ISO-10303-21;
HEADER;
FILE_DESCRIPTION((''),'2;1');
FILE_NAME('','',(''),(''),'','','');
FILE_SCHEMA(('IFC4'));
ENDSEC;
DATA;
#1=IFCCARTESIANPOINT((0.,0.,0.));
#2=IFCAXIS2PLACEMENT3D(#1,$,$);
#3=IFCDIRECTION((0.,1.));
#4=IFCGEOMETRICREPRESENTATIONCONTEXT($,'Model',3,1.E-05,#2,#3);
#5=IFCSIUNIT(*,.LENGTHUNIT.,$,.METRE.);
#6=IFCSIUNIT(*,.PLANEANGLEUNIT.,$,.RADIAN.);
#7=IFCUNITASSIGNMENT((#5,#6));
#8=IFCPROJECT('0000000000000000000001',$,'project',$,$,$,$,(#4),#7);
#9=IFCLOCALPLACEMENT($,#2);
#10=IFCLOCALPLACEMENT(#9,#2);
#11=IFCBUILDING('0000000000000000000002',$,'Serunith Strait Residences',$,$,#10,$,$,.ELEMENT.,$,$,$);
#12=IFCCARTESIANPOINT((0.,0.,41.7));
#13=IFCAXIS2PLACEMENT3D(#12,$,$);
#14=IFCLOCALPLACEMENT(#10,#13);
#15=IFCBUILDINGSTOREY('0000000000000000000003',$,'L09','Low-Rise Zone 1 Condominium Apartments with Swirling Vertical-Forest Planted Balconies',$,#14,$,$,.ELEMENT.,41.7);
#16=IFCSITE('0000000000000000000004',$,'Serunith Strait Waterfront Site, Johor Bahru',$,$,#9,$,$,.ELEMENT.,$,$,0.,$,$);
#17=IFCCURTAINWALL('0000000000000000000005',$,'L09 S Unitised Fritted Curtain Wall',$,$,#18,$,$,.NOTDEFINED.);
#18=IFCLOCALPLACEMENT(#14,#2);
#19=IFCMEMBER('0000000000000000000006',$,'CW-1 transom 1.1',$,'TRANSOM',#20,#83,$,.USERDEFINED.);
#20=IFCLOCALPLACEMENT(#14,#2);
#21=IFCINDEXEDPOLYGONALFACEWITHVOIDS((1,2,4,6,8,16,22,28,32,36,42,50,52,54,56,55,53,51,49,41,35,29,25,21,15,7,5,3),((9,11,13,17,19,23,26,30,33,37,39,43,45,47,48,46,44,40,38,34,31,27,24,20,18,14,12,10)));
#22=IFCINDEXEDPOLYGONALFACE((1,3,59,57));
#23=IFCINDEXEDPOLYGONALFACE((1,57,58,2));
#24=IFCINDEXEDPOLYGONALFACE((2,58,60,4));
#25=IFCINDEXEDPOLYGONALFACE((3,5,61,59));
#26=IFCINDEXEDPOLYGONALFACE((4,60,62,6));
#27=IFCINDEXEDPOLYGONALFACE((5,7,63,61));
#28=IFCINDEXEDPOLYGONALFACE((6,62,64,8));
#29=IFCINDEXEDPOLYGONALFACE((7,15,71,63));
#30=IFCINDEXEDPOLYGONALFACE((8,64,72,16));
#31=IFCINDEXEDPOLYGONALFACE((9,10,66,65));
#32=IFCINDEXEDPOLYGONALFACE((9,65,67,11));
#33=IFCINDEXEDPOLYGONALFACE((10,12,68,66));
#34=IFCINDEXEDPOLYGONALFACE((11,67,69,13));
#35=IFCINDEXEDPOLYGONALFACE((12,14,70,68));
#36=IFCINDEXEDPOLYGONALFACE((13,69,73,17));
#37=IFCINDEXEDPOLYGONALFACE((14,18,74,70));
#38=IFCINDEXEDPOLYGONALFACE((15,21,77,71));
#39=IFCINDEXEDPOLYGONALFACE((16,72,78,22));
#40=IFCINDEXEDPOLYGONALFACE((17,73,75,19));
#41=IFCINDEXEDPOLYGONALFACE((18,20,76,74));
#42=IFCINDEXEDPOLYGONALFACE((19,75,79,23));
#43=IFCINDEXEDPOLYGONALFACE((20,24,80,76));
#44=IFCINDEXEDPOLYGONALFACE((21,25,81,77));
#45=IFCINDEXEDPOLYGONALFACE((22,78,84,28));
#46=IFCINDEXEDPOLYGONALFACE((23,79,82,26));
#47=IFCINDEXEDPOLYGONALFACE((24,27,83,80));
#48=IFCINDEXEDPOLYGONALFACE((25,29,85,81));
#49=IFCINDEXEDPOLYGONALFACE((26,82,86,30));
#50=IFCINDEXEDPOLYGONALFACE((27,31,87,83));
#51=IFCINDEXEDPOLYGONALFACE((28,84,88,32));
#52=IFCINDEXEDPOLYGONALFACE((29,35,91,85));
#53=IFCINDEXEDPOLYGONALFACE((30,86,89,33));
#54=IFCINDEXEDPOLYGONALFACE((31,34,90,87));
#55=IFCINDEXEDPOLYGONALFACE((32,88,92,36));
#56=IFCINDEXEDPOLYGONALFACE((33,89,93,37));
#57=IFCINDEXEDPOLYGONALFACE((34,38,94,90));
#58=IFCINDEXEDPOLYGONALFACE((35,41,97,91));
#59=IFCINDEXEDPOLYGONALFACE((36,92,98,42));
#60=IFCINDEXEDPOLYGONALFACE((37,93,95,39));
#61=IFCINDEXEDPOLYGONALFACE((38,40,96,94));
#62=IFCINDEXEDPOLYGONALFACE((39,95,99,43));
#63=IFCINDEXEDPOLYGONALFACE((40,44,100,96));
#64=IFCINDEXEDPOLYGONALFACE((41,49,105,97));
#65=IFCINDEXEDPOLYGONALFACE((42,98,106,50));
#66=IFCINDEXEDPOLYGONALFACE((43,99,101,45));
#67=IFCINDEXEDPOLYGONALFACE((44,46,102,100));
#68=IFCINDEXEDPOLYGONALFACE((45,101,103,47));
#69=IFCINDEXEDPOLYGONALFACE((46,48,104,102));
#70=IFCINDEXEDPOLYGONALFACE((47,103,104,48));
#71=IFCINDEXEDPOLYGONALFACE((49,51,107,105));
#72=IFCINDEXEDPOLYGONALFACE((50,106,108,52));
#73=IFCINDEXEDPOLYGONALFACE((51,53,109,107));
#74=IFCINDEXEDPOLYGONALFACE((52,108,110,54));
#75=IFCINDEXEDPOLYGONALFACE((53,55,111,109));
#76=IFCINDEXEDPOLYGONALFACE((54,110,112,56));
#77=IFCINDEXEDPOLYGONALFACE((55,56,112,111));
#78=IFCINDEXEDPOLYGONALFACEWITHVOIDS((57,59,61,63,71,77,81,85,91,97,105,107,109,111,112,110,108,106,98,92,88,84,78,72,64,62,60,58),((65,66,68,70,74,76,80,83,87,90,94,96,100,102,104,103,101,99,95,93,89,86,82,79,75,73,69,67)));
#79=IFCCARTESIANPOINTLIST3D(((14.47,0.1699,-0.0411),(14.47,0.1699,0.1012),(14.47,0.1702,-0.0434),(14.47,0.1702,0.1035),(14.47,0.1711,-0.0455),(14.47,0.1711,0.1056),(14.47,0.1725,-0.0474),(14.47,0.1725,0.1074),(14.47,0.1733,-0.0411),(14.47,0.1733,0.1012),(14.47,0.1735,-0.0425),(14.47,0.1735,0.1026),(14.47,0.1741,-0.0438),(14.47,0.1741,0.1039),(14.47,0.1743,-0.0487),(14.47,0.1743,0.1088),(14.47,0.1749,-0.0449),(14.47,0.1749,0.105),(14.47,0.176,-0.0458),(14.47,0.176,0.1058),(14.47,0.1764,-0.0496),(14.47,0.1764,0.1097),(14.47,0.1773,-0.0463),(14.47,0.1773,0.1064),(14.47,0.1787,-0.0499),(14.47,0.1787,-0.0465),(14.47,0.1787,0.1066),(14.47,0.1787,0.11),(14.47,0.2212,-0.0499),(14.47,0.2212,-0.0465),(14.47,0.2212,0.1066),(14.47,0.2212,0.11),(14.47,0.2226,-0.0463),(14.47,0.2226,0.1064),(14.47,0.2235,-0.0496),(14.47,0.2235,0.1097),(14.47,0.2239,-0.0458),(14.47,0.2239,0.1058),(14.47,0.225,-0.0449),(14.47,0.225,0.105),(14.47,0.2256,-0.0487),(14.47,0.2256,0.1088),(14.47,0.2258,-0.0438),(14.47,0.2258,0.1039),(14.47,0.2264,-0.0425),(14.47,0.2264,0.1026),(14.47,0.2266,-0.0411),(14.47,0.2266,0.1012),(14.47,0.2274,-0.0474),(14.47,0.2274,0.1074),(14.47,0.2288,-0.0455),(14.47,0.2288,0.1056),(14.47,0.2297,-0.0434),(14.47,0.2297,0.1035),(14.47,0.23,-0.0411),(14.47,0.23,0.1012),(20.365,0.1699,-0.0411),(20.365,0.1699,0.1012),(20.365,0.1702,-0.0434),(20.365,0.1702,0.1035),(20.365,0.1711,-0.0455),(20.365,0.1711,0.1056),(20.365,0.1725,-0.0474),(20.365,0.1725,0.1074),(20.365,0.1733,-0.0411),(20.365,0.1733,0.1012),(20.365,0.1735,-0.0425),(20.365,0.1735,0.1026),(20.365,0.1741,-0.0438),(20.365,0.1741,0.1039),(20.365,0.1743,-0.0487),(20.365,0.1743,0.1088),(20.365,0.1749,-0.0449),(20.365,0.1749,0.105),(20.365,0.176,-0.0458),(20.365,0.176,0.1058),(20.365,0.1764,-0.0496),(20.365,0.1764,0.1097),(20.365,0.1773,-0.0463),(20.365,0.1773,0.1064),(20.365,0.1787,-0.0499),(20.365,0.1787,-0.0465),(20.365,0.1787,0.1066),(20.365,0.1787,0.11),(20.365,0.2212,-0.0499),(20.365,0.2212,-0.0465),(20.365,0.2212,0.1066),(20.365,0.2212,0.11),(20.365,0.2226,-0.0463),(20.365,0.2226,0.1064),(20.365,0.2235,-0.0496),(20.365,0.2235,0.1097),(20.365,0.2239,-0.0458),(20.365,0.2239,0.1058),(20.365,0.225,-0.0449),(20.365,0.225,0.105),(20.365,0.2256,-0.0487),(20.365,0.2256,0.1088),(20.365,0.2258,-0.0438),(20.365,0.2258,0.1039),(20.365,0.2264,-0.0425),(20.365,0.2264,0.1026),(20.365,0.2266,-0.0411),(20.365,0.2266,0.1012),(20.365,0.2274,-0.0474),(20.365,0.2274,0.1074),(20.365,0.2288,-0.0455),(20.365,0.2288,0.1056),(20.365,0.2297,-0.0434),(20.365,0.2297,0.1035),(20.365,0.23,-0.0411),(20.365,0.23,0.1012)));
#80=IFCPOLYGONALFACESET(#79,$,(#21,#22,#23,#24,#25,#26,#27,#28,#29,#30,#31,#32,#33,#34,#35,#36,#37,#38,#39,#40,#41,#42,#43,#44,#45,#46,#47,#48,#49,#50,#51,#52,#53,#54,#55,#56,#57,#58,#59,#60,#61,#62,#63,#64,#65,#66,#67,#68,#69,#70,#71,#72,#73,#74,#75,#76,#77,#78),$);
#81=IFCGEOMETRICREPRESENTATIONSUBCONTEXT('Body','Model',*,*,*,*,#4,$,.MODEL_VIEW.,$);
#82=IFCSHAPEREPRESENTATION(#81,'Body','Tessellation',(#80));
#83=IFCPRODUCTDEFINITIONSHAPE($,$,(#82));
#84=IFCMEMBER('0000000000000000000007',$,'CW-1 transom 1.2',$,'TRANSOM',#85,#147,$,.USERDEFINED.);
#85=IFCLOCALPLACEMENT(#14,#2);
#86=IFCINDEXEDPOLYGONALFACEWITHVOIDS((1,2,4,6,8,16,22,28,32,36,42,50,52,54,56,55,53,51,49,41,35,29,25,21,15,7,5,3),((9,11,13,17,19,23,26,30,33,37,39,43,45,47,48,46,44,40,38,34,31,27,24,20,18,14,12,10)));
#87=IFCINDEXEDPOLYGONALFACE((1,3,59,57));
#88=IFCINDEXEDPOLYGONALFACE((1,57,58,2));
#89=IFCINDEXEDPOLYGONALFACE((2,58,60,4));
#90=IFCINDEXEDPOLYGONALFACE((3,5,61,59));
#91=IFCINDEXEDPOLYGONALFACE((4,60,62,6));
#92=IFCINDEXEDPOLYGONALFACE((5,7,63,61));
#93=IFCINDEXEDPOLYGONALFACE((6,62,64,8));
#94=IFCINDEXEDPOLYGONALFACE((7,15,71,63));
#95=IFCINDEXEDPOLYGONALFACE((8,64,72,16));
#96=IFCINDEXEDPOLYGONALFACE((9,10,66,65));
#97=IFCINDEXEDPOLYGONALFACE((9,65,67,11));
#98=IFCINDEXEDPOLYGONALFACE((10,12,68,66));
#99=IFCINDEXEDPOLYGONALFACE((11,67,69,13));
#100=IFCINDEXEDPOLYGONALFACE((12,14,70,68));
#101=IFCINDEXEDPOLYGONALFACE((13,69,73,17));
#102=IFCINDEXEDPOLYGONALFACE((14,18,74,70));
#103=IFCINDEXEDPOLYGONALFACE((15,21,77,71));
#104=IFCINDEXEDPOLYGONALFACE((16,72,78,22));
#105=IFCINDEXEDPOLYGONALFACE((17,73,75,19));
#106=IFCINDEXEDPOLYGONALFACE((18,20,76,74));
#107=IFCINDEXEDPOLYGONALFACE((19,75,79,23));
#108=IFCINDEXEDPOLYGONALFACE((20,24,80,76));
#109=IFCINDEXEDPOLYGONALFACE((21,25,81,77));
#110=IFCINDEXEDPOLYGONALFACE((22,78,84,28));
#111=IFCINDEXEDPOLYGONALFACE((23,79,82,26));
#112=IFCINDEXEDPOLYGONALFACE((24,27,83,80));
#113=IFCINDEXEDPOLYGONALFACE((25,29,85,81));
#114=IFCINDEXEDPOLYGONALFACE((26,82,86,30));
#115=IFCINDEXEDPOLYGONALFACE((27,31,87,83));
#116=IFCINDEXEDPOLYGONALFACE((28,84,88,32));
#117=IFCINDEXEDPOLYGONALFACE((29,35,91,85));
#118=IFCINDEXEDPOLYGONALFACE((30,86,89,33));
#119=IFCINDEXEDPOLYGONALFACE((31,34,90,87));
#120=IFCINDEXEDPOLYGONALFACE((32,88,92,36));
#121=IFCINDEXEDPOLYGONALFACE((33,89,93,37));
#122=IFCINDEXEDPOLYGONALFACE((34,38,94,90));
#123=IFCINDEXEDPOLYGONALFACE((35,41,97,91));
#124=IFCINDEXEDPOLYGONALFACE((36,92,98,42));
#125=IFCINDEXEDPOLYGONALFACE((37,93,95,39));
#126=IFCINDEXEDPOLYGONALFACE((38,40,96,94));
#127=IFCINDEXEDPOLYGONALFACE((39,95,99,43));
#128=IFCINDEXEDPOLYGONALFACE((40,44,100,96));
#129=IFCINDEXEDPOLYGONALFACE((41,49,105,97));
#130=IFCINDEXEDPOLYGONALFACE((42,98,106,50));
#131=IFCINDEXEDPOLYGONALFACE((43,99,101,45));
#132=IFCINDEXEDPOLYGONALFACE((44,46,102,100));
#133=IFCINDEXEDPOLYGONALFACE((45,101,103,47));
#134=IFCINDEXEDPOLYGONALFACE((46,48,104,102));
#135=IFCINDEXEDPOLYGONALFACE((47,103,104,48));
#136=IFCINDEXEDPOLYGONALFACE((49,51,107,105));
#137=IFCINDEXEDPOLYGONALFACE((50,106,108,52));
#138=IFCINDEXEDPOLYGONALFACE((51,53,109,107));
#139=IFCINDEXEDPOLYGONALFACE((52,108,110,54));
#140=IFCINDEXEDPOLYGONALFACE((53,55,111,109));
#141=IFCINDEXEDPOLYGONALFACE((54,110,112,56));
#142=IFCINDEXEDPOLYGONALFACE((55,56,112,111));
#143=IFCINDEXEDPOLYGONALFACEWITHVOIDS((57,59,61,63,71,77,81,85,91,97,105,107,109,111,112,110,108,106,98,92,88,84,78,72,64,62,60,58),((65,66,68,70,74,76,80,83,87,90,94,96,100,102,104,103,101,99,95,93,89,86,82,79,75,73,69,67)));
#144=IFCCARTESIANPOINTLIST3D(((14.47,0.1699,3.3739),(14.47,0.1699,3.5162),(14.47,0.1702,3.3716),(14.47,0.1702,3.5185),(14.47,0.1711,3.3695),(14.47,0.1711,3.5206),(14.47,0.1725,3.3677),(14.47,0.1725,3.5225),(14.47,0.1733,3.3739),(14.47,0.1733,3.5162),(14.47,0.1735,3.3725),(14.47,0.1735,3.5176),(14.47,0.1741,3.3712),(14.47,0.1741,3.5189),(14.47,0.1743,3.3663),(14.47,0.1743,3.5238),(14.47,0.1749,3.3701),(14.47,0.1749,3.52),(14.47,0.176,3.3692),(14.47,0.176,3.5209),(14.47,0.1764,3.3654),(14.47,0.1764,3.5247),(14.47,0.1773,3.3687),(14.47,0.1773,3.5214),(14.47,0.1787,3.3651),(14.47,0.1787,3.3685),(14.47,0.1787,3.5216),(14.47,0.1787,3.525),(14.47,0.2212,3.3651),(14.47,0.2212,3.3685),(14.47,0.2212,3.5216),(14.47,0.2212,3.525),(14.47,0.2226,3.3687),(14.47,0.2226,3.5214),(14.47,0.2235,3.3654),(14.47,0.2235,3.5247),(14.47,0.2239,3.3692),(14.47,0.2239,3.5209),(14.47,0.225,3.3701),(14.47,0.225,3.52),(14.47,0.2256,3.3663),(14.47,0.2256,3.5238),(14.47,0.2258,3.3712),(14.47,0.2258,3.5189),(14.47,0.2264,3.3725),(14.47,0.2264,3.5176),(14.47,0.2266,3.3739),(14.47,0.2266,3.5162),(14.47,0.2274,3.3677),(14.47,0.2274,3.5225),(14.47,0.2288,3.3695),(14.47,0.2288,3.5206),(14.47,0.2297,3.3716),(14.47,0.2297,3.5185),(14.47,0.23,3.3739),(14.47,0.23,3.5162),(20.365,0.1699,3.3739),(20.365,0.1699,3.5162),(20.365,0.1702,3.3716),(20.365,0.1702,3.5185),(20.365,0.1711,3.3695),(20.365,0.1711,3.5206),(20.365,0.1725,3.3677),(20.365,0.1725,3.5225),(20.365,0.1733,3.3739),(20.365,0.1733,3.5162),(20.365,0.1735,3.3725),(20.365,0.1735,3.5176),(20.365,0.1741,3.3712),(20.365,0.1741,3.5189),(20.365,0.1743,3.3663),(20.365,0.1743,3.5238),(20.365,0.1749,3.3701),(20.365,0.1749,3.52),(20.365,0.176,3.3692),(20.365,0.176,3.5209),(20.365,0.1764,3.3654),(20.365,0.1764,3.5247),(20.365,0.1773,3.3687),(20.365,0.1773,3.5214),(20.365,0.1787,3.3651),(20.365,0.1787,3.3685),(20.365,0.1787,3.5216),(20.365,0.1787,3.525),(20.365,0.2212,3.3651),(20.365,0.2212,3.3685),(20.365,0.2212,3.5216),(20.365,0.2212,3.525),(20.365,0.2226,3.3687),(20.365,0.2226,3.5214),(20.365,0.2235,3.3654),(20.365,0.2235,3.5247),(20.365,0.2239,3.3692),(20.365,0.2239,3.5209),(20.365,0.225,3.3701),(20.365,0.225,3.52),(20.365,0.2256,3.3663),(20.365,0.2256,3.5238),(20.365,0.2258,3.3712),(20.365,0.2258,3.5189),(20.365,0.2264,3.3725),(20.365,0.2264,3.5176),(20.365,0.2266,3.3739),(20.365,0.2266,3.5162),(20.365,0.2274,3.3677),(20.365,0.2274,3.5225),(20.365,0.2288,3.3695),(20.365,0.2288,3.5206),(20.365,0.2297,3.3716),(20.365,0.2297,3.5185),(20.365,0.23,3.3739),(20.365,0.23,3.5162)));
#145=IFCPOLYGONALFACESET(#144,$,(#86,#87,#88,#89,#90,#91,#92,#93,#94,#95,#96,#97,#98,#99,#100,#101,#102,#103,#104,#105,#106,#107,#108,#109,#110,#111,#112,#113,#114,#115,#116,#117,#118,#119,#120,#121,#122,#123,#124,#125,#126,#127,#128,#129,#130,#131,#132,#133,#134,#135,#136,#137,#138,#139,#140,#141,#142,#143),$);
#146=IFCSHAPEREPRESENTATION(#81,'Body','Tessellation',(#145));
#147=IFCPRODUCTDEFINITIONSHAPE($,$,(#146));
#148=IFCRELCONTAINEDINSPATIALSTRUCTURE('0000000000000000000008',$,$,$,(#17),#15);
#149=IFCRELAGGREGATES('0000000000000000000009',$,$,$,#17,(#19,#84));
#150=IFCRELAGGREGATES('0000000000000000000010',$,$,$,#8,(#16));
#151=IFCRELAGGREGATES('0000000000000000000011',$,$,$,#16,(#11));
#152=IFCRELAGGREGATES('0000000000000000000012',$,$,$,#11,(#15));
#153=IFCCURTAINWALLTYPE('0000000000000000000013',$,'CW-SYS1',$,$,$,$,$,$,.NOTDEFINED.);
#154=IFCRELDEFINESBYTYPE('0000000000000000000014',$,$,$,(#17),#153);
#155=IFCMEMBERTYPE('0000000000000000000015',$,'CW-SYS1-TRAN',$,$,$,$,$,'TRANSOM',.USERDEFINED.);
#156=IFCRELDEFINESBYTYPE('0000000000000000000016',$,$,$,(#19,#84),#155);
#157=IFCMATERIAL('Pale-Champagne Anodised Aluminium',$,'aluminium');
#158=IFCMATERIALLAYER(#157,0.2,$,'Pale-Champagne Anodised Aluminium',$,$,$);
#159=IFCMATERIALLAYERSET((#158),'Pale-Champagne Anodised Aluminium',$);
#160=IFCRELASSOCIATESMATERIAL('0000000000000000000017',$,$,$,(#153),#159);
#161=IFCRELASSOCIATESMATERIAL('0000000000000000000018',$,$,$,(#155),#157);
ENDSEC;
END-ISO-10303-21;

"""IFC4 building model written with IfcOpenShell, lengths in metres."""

from ifc_helpers import new_model, si_unit, direction, frame, origin, origin_2d, place, context, subcontext, project, spatial, hollow_rectangle, extrude, source, transform, mapped, material, layer, layer_set, material_profile, profile_set, type_object, element, aggregate, save


model = new_model("IFC4")

# Units and contexts
model_context = context("Model", 3, precision=1e-05, world=origin(), true_north=direction((0.0, 1.0)))
body_context = subcontext(model_context, "Body", "Model", "MODEL_VIEW")
ifc_project = project(units=[si_unit("LENGTHUNIT", "METRE"), si_unit("PLANEANGLEUNIT", "RADIAN")], contexts=[model_context])

# Site, building, storey
site_placement = place(None, origin())
site = spatial("IfcSite", under=ifc_project, at=site_placement, Name="Serunith Strait Waterfront Site, Johor Bahru", CompositionType="ELEMENT", RefElevation=0.0)
building_placement = place(site_placement, origin())
building = spatial("IfcBuilding", under=site, at=building_placement, Name="Serunith Strait Residences", CompositionType="ELEMENT")
storey_placement = place(building_placement, frame((0.0, 0.0, 41.7)))
storey = spatial("IfcBuildingStorey", under=building, at=storey_placement, Name="L09", Description="Low-Rise Zone 1 Condominium Apartments with Swirling Vertical-Forest Planted Balconies", CompositionType="ELEMENT", Elevation=41.7)

# Curtain wall
ifc_material_1 = material(Name="Pale-Champagne Anodised Aluminium", Category="aluminium")
ifc_layer_1 = layer(ifc_material_1, 0.2, Name="Pale-Champagne Anodised Aluminium")
ifc_layer_set_1 = layer_set([ifc_layer_1], Name="Pale-Champagne Anodised Aluminium")
curtain_wall_type = type_object("IfcCurtainWallType", Name="CW-SYS1", PredefinedType="NOTDEFINED", material=ifc_layer_set_1)
curtain_wall_1_placement = place(storey_placement, origin())
curtain_wall_1 = element("IfcCurtainWall", 1, at=curtain_wall_1_placement, inside=storey, type_object=curtain_wall_type, Name="L09 S Unitised Fritted Curtain Wall", PredefinedType="NOTDEFINED")

# Members
ifc_material_profile_1 = material_profile(ifc_material_1, hollow_rectangle(XDim=0.0601, YDim=0.1599, WallThickness=0.0034, InnerFilletRadius=0.0054, OuterFilletRadius=0.0088, at=origin_2d()), Name="ALU 160x60x3.5")
ifc_profile_set_1 = profile_set([ifc_material_profile_1], Name="Pale-Champagne Anodised Aluminium")
member_type_1 = type_object("IfcMemberType", Name="CW-SYS1-TRAN", ElementType="TRANSOM", PredefinedType="USERDEFINED", material=ifc_profile_set_1)
shared_shape_1 = source(origin(), body_context, "Body", "SweptSolid", [
    extrude(hollow_rectangle(XDim=0.0601, YDim=0.1599, WallThickness=0.0034, InnerFilletRadius=0.0054, OuterFilletRadius=0.0088, at=origin_2d()), origin(), (0.0, 0.0, 1.0), 5.895),
])
member_1_placement = place(storey_placement, frame((14.47, 0.2, 0.03), z_axis=(1.0, 0.0, 0.0), x_axis=(0.0, 1.0, 0.0)))
member_1 = element("IfcMember", 2, at=member_1_placement, type_object=member_type_1, Name="CW-1 transom 1.1", ObjectType="TRANSOM", PredefinedType="USERDEFINED", context=body_context, shape_type="MappedRepresentation", body=[
    mapped(shared_shape_1, transform((0.0, 0.0, 0.0), scale=1.0)),
])
member_2_placement = place(storey_placement, frame((14.47, 0.2, 3.4451), z_axis=(1.0, 0.0, 0.0), x_axis=(0.0, 1.0, 0.0)))
member_2 = element("IfcMember", 3, at=member_2_placement, type_object=member_type_1, Name="CW-1 transom 1.2", ObjectType="TRANSOM", PredefinedType="USERDEFINED", context=body_context, shape_type="MappedRepresentation", body=[
    mapped(shared_shape_1, transform((0.0, 0.0, 0.0), scale=1.0)),
])
aggregate(curtain_wall_1, [member_1, member_2])

save(model, "model.ifc")
